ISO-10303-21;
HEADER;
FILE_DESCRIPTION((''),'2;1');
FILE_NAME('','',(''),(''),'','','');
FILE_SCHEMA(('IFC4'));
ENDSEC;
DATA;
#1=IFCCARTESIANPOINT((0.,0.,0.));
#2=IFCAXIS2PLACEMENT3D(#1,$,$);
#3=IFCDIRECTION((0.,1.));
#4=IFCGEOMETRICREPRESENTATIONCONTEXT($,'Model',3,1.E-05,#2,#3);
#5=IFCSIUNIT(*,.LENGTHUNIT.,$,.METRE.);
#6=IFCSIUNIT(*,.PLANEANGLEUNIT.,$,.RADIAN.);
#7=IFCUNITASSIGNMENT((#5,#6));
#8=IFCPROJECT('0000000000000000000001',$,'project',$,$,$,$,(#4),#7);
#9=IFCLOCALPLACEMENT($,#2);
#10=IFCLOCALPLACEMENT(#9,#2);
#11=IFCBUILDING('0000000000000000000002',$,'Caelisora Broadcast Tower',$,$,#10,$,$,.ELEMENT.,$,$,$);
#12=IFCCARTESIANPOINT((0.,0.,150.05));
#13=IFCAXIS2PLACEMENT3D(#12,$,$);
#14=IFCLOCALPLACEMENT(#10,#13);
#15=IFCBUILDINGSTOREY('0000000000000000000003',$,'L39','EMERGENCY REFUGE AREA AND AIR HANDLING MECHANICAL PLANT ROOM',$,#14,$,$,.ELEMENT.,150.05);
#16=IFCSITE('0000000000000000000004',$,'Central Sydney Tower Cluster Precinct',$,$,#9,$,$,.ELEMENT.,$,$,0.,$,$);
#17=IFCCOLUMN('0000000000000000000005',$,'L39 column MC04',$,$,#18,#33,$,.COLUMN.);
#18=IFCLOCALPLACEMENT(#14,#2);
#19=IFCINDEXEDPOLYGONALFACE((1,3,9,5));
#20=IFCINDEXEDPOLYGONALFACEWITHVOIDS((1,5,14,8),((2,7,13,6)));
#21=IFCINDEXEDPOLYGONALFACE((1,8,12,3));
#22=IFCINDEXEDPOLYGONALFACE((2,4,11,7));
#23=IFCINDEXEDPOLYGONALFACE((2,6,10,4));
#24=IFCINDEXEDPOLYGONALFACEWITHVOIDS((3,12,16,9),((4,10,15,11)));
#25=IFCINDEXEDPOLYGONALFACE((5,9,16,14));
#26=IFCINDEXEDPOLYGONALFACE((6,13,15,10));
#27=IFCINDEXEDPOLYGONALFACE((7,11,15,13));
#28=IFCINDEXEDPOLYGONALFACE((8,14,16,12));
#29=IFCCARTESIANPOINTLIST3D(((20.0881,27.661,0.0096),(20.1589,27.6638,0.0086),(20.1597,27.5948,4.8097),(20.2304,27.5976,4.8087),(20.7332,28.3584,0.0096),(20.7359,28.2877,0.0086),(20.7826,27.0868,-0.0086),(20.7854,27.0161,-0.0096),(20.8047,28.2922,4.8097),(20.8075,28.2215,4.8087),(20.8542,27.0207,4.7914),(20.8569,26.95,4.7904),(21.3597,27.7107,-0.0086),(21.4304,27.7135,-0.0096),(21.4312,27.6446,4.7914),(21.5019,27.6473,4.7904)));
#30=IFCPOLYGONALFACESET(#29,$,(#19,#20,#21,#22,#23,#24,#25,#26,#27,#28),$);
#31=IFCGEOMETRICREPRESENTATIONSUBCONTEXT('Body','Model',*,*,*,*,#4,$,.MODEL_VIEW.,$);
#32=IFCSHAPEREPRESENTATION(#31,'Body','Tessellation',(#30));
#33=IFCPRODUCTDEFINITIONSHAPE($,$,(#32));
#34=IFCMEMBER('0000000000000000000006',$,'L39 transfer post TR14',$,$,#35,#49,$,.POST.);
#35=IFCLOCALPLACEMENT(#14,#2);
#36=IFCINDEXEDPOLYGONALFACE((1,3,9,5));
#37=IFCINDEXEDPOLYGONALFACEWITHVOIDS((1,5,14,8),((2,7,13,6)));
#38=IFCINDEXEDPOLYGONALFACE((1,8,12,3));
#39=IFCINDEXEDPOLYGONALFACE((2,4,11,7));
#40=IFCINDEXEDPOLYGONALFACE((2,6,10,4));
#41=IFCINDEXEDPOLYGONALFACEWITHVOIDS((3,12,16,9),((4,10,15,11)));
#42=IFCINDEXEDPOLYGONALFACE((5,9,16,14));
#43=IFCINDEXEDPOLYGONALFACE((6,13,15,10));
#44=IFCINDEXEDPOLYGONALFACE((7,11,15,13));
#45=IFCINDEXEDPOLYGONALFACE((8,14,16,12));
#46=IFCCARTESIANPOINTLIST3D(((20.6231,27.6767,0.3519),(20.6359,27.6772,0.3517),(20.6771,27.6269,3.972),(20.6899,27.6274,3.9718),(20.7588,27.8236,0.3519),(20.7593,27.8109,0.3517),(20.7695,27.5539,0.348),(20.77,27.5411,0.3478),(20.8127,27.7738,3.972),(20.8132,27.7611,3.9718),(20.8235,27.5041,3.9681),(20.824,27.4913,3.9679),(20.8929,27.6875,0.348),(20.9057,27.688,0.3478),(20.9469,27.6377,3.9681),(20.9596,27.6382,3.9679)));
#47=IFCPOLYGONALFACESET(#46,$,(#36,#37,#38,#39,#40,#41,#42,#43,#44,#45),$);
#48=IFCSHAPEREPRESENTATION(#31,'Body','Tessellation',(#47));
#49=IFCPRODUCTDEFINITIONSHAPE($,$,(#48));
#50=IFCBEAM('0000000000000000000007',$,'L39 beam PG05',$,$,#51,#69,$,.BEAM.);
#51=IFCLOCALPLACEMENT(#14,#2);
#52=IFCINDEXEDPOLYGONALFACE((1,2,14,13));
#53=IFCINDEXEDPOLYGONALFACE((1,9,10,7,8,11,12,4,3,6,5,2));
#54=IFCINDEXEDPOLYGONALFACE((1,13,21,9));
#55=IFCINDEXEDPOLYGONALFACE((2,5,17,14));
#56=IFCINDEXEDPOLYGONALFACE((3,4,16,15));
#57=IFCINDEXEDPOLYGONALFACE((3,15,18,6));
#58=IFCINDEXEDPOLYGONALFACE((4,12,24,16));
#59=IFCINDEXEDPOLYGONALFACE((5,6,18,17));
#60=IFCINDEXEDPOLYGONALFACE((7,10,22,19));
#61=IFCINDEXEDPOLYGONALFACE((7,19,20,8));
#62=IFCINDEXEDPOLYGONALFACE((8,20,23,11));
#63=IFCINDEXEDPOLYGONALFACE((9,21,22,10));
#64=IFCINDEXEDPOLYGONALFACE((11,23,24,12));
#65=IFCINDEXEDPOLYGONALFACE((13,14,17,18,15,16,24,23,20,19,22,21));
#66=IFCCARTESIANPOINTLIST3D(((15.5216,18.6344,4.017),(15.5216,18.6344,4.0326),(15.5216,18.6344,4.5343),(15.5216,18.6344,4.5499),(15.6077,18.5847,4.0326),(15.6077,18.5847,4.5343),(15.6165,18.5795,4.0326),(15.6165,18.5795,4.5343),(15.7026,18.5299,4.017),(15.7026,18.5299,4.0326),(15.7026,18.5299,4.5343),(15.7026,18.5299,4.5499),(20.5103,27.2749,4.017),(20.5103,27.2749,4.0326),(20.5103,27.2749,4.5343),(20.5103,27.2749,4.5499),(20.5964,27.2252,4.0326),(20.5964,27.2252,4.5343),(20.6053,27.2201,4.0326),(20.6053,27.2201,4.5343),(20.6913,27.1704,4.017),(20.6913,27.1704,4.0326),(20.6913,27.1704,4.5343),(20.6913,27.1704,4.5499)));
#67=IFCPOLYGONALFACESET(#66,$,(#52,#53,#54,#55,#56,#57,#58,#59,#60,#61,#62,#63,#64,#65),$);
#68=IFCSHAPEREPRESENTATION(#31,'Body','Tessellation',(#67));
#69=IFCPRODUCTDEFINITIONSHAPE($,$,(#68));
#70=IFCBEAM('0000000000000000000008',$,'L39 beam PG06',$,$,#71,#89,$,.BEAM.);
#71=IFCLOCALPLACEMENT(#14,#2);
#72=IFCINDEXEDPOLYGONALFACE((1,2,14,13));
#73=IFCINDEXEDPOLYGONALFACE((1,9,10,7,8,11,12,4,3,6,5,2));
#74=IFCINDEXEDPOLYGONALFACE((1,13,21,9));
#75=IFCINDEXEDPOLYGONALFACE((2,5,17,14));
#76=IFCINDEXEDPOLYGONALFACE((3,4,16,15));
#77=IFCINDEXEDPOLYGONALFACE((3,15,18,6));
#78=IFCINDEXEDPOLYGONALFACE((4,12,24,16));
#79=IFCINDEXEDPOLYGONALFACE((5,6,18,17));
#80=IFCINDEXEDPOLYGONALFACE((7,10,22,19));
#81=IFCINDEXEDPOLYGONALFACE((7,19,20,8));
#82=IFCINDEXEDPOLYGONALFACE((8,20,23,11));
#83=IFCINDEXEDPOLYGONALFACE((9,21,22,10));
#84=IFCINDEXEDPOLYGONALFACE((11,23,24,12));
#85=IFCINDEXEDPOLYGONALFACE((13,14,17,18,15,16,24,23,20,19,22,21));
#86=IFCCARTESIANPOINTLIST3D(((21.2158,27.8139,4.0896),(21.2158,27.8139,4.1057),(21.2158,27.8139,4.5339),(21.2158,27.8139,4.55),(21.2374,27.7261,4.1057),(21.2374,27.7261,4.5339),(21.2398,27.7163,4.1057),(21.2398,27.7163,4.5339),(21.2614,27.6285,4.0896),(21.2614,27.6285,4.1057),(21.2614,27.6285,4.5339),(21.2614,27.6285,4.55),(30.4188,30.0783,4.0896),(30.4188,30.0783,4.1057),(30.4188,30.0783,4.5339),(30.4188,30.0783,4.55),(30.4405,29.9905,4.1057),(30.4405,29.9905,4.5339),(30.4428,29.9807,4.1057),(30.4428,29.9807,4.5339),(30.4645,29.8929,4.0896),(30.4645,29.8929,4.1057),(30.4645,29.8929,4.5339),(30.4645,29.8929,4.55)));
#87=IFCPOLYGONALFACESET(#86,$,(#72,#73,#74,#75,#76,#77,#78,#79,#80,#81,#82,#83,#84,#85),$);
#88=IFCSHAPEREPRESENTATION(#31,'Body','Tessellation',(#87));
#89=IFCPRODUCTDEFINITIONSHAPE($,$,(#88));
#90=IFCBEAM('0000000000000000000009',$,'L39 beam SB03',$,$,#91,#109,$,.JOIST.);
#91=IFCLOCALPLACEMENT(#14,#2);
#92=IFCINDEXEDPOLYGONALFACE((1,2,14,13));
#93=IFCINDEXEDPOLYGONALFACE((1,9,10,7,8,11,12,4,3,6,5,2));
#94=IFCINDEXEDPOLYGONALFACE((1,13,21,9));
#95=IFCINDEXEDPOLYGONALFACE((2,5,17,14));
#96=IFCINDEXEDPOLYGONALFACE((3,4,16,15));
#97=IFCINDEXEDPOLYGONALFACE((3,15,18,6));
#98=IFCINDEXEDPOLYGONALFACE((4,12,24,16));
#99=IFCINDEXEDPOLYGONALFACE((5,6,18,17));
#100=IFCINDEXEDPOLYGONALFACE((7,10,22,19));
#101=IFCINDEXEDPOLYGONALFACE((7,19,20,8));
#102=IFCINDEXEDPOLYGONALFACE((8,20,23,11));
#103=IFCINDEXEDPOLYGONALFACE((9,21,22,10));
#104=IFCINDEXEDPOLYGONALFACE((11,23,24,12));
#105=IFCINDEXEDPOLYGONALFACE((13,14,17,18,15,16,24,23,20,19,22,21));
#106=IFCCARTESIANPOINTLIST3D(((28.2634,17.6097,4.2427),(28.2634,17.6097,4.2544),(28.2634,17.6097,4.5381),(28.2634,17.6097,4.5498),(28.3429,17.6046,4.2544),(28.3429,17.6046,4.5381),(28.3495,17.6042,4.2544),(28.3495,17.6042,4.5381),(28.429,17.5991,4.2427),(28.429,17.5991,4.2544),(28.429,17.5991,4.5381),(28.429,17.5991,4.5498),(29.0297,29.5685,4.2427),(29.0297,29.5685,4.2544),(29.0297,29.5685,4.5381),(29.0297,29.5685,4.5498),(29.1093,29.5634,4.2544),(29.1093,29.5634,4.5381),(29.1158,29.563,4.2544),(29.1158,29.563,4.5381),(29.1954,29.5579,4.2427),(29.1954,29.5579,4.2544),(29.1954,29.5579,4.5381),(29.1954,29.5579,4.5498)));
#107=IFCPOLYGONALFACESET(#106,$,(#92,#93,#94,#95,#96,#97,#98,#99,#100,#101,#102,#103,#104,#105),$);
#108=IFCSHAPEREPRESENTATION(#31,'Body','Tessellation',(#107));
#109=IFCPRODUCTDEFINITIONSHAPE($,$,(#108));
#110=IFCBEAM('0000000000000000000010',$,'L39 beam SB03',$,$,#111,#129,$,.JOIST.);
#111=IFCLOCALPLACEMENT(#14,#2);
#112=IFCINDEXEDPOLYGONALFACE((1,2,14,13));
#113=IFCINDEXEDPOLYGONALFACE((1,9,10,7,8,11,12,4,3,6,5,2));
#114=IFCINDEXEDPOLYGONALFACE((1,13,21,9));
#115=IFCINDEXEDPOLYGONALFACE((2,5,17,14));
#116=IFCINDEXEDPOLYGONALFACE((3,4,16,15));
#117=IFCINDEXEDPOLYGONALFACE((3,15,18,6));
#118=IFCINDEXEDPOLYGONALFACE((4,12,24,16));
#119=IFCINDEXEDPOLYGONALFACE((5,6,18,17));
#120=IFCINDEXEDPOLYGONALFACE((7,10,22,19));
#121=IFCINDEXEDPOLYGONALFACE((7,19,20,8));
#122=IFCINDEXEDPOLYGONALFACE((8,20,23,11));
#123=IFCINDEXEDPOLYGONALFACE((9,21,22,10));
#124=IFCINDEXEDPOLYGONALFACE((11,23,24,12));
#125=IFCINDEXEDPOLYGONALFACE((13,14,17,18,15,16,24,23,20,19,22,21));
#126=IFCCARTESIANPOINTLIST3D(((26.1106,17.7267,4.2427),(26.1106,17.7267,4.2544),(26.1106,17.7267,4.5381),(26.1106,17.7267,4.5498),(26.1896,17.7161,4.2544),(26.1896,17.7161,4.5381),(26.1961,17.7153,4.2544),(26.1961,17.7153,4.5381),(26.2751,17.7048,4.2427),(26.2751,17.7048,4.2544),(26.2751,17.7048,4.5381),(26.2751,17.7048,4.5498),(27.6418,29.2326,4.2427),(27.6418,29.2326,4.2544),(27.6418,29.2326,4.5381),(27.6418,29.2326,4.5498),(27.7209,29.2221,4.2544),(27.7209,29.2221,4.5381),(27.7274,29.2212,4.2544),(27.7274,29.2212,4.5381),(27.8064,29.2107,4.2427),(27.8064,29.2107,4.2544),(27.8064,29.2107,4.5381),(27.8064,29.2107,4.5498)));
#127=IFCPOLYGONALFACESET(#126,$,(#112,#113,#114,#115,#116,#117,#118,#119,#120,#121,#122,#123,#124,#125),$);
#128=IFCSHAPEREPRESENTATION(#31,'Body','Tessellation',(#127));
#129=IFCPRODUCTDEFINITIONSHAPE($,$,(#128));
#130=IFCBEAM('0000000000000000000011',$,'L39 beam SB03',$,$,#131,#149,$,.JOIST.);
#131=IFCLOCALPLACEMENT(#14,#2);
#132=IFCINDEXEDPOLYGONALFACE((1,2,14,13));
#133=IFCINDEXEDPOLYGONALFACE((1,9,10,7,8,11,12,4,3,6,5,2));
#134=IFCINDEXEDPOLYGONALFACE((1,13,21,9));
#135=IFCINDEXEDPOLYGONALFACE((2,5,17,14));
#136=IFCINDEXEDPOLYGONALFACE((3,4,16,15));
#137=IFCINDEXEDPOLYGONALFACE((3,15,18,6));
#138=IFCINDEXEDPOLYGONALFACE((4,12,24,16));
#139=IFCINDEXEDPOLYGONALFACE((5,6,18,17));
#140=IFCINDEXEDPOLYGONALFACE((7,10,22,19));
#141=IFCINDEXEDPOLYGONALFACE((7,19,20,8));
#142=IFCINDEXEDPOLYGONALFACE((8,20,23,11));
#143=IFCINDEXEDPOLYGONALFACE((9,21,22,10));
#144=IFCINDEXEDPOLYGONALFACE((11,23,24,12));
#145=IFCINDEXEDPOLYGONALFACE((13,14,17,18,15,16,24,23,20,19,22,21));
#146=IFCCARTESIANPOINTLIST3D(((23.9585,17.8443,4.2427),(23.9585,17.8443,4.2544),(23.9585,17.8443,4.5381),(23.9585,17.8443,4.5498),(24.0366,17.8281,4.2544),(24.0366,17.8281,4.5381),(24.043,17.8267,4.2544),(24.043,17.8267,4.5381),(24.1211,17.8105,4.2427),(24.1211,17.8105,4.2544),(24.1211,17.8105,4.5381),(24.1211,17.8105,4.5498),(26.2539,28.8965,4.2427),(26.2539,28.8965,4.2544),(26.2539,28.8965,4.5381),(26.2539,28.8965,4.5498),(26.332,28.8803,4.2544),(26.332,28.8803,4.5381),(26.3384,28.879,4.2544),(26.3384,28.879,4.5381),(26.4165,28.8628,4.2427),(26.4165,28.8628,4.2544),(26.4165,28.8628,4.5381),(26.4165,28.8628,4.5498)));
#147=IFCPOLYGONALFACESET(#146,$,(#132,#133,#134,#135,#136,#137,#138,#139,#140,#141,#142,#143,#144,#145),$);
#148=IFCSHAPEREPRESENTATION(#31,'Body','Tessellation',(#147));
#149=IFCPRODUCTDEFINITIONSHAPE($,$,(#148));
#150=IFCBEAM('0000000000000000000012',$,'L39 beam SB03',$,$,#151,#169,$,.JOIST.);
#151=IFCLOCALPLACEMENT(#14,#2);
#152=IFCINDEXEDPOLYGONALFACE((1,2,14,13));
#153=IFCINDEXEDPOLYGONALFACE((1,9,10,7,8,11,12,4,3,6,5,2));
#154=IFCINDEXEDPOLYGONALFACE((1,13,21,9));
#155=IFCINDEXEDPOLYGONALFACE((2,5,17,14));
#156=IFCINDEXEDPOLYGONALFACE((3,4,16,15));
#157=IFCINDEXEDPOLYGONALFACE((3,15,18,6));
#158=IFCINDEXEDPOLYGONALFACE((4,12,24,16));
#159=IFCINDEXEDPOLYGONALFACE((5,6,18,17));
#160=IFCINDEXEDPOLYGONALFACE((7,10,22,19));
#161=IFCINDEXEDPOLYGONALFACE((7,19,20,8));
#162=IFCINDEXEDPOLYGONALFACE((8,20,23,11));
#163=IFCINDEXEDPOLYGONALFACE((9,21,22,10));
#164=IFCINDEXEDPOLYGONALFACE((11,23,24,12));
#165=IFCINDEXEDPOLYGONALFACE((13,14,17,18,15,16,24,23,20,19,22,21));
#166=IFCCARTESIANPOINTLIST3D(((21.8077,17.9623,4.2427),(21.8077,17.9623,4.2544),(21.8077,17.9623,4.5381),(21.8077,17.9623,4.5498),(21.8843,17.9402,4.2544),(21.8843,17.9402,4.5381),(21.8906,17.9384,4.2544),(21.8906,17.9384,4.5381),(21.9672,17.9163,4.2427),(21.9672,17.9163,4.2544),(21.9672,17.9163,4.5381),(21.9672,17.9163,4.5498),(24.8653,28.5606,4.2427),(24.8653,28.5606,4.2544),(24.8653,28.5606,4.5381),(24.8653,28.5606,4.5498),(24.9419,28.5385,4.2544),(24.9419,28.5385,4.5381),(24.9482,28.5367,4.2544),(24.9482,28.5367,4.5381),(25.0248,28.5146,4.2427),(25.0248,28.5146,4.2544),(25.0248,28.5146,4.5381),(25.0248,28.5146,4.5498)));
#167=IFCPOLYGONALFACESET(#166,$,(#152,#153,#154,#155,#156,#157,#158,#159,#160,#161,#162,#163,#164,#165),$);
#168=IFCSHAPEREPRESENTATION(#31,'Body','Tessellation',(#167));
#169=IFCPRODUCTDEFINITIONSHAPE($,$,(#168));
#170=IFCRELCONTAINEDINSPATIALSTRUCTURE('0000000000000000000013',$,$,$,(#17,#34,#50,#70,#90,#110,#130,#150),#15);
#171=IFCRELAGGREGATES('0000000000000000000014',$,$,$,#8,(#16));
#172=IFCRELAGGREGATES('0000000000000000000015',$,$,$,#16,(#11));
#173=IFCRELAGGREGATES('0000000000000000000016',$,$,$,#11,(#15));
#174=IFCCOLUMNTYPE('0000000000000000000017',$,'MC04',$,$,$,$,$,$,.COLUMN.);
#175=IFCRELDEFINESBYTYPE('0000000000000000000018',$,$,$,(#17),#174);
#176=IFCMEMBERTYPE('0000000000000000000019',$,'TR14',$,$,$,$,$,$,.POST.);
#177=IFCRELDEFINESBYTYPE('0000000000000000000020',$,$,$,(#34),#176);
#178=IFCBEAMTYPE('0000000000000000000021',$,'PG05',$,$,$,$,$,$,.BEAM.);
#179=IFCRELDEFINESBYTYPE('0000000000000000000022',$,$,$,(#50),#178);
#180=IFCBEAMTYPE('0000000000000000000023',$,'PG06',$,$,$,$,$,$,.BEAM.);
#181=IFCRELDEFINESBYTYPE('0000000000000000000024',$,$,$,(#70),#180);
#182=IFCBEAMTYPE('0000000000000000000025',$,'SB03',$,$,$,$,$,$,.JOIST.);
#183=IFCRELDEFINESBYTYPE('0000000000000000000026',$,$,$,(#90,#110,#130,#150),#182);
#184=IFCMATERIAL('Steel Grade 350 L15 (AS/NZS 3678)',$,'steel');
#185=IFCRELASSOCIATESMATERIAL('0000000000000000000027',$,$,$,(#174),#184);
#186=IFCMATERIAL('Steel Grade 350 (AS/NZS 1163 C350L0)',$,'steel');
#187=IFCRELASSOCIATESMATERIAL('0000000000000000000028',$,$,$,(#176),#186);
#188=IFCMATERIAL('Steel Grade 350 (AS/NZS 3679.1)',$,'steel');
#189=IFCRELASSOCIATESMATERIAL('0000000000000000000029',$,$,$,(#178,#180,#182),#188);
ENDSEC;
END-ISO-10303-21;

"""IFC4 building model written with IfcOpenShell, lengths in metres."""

from ifc_helpers import new_model, si_unit, direction, frame, origin, origin_2d, place, context, subcontext, project, spatial, hollow_rectangle, i_section, extrude, source, transform, mapped, material, material_profile, profile_set, type_object, type_shapes, element, save


model = new_model("IFC4")

# Units and contexts
model_context = context("Model", 3, precision=1e-05, world=origin(), true_north=direction((0.0, 1.0)))
body_context = subcontext(model_context, "Body", "Model", "MODEL_VIEW")
ifc_project = project(units=[si_unit("LENGTHUNIT", "METRE"), si_unit("PLANEANGLEUNIT", "RADIAN")], contexts=[model_context])

# Site, building, storey
site_placement = place(None, origin())
site = spatial("IfcSite", under=ifc_project, at=site_placement, Name="Central Sydney Tower Cluster Precinct", CompositionType="ELEMENT", RefElevation=0.0)
building_placement = place(site_placement, origin())
building = spatial("IfcBuilding", under=site, at=building_placement, Name="Caelisora Broadcast Tower", CompositionType="ELEMENT")
storey_placement = place(building_placement, frame((0.0, 0.0, 150.05)))
storey = spatial("IfcBuildingStorey", under=building, at=storey_placement, Name="L39", Description="EMERGENCY REFUGE AREA AND AIR HANDLING MECHANICAL PLANT ROOM", CompositionType="ELEMENT", Elevation=150.05)

# Column
ifc_material_1 = material(Name="Steel Grade 350 L15 (AS/NZS 3678)", Category="steel")
ifc_material_profile_1 = material_profile(ifc_material_1, hollow_rectangle(XDim=0.95, YDim=0.95, WallThickness=0.05, at=origin_2d()), Name="Steel Grade 350 L15 (AS/NZS 3678)")
ifc_profile_set_1 = profile_set([ifc_material_profile_1], Name="Steel Grade 350 L15 (AS/NZS 3678)")
column_type = type_object("IfcColumnType", Name="MC04", PredefinedType="COLUMN", material=ifc_profile_set_1)
shared_shape_1 = source(origin(), body_context, "Body", "SweptSolid", [
    extrude(hollow_rectangle(XDim=0.95, YDim=0.95, WallThickness=0.05, at=origin_2d()), origin(), (0.0, 0.0, 1.0), 4.801),
])
type_shapes(column_type, [shared_shape_1])
column_placement = place(storey_placement, frame((20.7593, 27.6873, 0.0), z_axis=(0.0149, -0.013781, 0.999794), x_axis=(0.679008, 0.734131, 0.0)))
element("IfcColumn", 1, at=column_placement, inside=storey, type_object=column_type, Name="L39 column MC04", PredefinedType="COLUMN", context=body_context, shape_type="MappedRepresentation", body=[
    mapped(shared_shape_1, transform((0.0, 0.0, 0.0), scale=1.0)),
])

# Member
ifc_material_2 = material(Name="Steel Grade 350 (AS/NZS 1163 C350L0)", Category="steel")
ifc_material_profile_2 = material_profile(ifc_material_2, hollow_rectangle(XDim=0.2, YDim=0.2, WallThickness=0.009, at=origin_2d()), Name="Steel Grade 350 (AS/NZS 1163 C350L0)")
ifc_profile_set_2 = profile_set([ifc_material_profile_2], Name="Steel Grade 350 (AS/NZS 1163 C350L0)")
member_type_1 = type_object("IfcMemberType", Name="TR14", PredefinedType="POST", material=ifc_profile_set_2)
shared_shape_2 = source(origin(), body_context, "Body", "SweptSolid", [
    extrude(hollow_rectangle(XDim=0.2, YDim=0.2, WallThickness=0.009, at=origin_2d()), origin(), (0.0, 0.0, 1.0), 3.6208),
])
type_shapes(member_type_1, [shared_shape_2])
member_1_placement = place(storey_placement, frame((20.7644, 27.6824, 0.3499), z_axis=(0.014901, -0.013755, 0.999794), x_axis=(0.67828, 0.734803, 0.0)))
element("IfcMember", 2, at=member_1_placement, inside=storey, type_object=member_type_1, Name="L39 transfer post TR14", PredefinedType="POST", context=body_context, shape_type="MappedRepresentation", body=[
    mapped(shared_shape_2, transform((0.0, 0.0, 0.0), scale=1.0)),
])

# Beams
ifc_material_3 = material(Name="Steel Grade 350 (AS/NZS 3679.1)", Category="steel")
ifc_material_profile_3 = material_profile(ifc_material_3, i_section(OverallWidth=0.209, OverallDepth=0.533, WebThickness=0.0103, FlangeThickness=0.0156, at=origin_2d()), Name="Steel Grade 350 (AS/NZS 3679.1)")
ifc_profile_set_3 = profile_set([ifc_material_profile_3], Name="Steel Grade 350 (AS/NZS 3679.1)")
beam_type_1 = type_object("IfcBeamType", Name="PG05", PredefinedType="BEAM", material=ifc_profile_set_3)
shared_shape_3 = source(origin(), body_context, "Body", "SweptSolid", [
    extrude(i_section(OverallWidth=0.209, OverallDepth=0.533, WebThickness=0.0103, FlangeThickness=0.0156, at=origin_2d()), origin(), (0.0, 0.0, 1.0), 9.9773),
])
type_shapes(beam_type_1, [shared_shape_3])
beam_1_placement = place(storey_placement, frame((20.6008, 27.2227, 4.2834), z_axis=(-0.500008, -0.866021, 0.0), x_axis=(0.866021, -0.500008, 0.0)))
element("IfcBeam", 3, at=beam_1_placement, inside=storey, type_object=beam_type_1, Name="L39 beam PG05", PredefinedType="BEAM", context=body_context, shape_type="MappedRepresentation", body=[
    mapped(shared_shape_3, transform((0.0, 0.0, 0.0), scale=1.0)),
])
ifc_material_profile_4 = material_profile(ifc_material_3, i_section(OverallWidth=0.1909, OverallDepth=0.4604, WebThickness=0.01, FlangeThickness=0.0161, at=origin_2d()), Name="Steel Grade 350 (AS/NZS 3679.1)")
ifc_profile_set_4 = profile_set([ifc_material_profile_4], Name="Steel Grade 350 (AS/NZS 3679.1)")
beam_type_2 = type_object("IfcBeamType", Name="PG06", PredefinedType="BEAM", material=ifc_profile_set_4)
shared_shape_4 = source(origin(), body_context, "Body", "SweptSolid", [
    extrude(i_section(OverallWidth=0.1909, OverallDepth=0.4604, WebThickness=0.01, FlangeThickness=0.0161, at=origin_2d()), origin(), (0.0, 0.0, 1.0), 9.4775),
])
type_shapes(beam_type_2, [shared_shape_4])
beam_2_placement = place(storey_placement, frame((30.4417, 29.9856, 4.3198), z_axis=(-0.971039, -0.238922, 0.0), x_axis=(0.238922, -0.971039, 0.0)))
element("IfcBeam", 4, at=beam_2_placement, inside=storey, type_object=beam_type_2, Name="L39 beam PG06", PredefinedType="BEAM", context=body_context, shape_type="MappedRepresentation", body=[
    mapped(shared_shape_4, transform((0.0, 0.0, 0.0), scale=1.0)),
])
ifc_material_profile_5 = material_profile(ifc_material_3, i_section(OverallWidth=0.166, OverallDepth=0.3071, WebThickness=0.0066, FlangeThickness=0.0117, at=origin_2d()), Name="Steel Grade 350 (AS/NZS 3679.1)")
ifc_profile_set_5 = profile_set([ifc_material_profile_5], Name="Steel Grade 350 (AS/NZS 3679.1)")
beam_type_3 = type_object("IfcBeamType", Name="SB03", PredefinedType="JOIST", material=ifc_profile_set_5)
shared_shape_5 = source(origin(), body_context, "Body", "SweptSolid", [
    extrude(i_section(OverallWidth=0.166, OverallDepth=0.3071, WebThickness=0.0066, FlangeThickness=0.0117, at=origin_2d()), origin(), (0.0, 0.0, 1.0), 11.9834),
])
beam_3_placement = place(storey_placement, frame((29.1125, 29.5632, 4.3962), z_axis=(-0.063951, -0.997953, 0.0), x_axis=(0.997953, -0.063951, 0.0)))
element("IfcBeam", 5, at=beam_3_placement, inside=storey, type_object=beam_type_3, Name="L39 beam SB03", PredefinedType="JOIST", context=body_context, shape_type="MappedRepresentation", body=[
    mapped(shared_shape_5, transform((0.0, 0.0, 0.0), scale=1.0)),
])
shared_shape_6 = source(origin(), body_context, "Body", "SweptSolid", [
    extrude(i_section(OverallWidth=0.166, OverallDepth=0.3071, WebThickness=0.0066, FlangeThickness=0.0117, at=origin_2d()), origin(), (0.0, 0.0, 1.0), 11.6074),
])
beam_4_placement = place(storey_placement, frame((27.7241, 29.2217, 4.3962), z_axis=(-0.131921, -0.99126, 0.0), x_axis=(0.99126, -0.131921, 0.0)))
element("IfcBeam", 6, at=beam_4_placement, inside=storey, type_object=beam_type_3, Name="L39 beam SB03", PredefinedType="JOIST", context=body_context, shape_type="MappedRepresentation", body=[
    mapped(shared_shape_6, transform((0.0, 0.0, 0.0), scale=1.0)),
])
shared_shape_7 = source(origin(), body_context, "Body", "SweptSolid", [
    extrude(i_section(OverallWidth=0.166, OverallDepth=0.3071, WebThickness=0.0066, FlangeThickness=0.0117, at=origin_2d()), origin(), (0.0, 0.0, 1.0), 11.2881),
])
beam_5_placement = place(storey_placement, frame((26.3352, 28.8796, 4.3962), z_axis=(-0.203348, -0.979107, 0.0), x_axis=(0.979107, -0.203348, 0.0)))
element("IfcBeam", 7, at=beam_5_placement, inside=storey, type_object=beam_type_3, Name="L39 beam SB03", PredefinedType="JOIST", context=body_context, shape_type="MappedRepresentation", body=[
    mapped(shared_shape_7, transform((0.0, 0.0, 0.0), scale=1.0)),
])
shared_shape_8 = source(origin(), body_context, "Body", "SweptSolid", [
    extrude(i_section(OverallWidth=0.166, OverallDepth=0.3071, WebThickness=0.0066, FlangeThickness=0.0117, at=origin_2d()), origin(), (0.0, 0.0, 1.0), 11.0305),
])
beam_6_placement = place(storey_placement, frame((24.9451, 28.5376, 4.3962), z_axis=(-0.277193, -0.960814, 0.0), x_axis=(0.960814, -0.277193, 0.0)))
element("IfcBeam", 8, at=beam_6_placement, inside=storey, type_object=beam_type_3, Name="L39 beam SB03", PredefinedType="JOIST", context=body_context, shape_type="MappedRepresentation", body=[
    mapped(shared_shape_8, transform((0.0, 0.0, 0.0), scale=1.0)),
])

save(model, "model.ifc")
